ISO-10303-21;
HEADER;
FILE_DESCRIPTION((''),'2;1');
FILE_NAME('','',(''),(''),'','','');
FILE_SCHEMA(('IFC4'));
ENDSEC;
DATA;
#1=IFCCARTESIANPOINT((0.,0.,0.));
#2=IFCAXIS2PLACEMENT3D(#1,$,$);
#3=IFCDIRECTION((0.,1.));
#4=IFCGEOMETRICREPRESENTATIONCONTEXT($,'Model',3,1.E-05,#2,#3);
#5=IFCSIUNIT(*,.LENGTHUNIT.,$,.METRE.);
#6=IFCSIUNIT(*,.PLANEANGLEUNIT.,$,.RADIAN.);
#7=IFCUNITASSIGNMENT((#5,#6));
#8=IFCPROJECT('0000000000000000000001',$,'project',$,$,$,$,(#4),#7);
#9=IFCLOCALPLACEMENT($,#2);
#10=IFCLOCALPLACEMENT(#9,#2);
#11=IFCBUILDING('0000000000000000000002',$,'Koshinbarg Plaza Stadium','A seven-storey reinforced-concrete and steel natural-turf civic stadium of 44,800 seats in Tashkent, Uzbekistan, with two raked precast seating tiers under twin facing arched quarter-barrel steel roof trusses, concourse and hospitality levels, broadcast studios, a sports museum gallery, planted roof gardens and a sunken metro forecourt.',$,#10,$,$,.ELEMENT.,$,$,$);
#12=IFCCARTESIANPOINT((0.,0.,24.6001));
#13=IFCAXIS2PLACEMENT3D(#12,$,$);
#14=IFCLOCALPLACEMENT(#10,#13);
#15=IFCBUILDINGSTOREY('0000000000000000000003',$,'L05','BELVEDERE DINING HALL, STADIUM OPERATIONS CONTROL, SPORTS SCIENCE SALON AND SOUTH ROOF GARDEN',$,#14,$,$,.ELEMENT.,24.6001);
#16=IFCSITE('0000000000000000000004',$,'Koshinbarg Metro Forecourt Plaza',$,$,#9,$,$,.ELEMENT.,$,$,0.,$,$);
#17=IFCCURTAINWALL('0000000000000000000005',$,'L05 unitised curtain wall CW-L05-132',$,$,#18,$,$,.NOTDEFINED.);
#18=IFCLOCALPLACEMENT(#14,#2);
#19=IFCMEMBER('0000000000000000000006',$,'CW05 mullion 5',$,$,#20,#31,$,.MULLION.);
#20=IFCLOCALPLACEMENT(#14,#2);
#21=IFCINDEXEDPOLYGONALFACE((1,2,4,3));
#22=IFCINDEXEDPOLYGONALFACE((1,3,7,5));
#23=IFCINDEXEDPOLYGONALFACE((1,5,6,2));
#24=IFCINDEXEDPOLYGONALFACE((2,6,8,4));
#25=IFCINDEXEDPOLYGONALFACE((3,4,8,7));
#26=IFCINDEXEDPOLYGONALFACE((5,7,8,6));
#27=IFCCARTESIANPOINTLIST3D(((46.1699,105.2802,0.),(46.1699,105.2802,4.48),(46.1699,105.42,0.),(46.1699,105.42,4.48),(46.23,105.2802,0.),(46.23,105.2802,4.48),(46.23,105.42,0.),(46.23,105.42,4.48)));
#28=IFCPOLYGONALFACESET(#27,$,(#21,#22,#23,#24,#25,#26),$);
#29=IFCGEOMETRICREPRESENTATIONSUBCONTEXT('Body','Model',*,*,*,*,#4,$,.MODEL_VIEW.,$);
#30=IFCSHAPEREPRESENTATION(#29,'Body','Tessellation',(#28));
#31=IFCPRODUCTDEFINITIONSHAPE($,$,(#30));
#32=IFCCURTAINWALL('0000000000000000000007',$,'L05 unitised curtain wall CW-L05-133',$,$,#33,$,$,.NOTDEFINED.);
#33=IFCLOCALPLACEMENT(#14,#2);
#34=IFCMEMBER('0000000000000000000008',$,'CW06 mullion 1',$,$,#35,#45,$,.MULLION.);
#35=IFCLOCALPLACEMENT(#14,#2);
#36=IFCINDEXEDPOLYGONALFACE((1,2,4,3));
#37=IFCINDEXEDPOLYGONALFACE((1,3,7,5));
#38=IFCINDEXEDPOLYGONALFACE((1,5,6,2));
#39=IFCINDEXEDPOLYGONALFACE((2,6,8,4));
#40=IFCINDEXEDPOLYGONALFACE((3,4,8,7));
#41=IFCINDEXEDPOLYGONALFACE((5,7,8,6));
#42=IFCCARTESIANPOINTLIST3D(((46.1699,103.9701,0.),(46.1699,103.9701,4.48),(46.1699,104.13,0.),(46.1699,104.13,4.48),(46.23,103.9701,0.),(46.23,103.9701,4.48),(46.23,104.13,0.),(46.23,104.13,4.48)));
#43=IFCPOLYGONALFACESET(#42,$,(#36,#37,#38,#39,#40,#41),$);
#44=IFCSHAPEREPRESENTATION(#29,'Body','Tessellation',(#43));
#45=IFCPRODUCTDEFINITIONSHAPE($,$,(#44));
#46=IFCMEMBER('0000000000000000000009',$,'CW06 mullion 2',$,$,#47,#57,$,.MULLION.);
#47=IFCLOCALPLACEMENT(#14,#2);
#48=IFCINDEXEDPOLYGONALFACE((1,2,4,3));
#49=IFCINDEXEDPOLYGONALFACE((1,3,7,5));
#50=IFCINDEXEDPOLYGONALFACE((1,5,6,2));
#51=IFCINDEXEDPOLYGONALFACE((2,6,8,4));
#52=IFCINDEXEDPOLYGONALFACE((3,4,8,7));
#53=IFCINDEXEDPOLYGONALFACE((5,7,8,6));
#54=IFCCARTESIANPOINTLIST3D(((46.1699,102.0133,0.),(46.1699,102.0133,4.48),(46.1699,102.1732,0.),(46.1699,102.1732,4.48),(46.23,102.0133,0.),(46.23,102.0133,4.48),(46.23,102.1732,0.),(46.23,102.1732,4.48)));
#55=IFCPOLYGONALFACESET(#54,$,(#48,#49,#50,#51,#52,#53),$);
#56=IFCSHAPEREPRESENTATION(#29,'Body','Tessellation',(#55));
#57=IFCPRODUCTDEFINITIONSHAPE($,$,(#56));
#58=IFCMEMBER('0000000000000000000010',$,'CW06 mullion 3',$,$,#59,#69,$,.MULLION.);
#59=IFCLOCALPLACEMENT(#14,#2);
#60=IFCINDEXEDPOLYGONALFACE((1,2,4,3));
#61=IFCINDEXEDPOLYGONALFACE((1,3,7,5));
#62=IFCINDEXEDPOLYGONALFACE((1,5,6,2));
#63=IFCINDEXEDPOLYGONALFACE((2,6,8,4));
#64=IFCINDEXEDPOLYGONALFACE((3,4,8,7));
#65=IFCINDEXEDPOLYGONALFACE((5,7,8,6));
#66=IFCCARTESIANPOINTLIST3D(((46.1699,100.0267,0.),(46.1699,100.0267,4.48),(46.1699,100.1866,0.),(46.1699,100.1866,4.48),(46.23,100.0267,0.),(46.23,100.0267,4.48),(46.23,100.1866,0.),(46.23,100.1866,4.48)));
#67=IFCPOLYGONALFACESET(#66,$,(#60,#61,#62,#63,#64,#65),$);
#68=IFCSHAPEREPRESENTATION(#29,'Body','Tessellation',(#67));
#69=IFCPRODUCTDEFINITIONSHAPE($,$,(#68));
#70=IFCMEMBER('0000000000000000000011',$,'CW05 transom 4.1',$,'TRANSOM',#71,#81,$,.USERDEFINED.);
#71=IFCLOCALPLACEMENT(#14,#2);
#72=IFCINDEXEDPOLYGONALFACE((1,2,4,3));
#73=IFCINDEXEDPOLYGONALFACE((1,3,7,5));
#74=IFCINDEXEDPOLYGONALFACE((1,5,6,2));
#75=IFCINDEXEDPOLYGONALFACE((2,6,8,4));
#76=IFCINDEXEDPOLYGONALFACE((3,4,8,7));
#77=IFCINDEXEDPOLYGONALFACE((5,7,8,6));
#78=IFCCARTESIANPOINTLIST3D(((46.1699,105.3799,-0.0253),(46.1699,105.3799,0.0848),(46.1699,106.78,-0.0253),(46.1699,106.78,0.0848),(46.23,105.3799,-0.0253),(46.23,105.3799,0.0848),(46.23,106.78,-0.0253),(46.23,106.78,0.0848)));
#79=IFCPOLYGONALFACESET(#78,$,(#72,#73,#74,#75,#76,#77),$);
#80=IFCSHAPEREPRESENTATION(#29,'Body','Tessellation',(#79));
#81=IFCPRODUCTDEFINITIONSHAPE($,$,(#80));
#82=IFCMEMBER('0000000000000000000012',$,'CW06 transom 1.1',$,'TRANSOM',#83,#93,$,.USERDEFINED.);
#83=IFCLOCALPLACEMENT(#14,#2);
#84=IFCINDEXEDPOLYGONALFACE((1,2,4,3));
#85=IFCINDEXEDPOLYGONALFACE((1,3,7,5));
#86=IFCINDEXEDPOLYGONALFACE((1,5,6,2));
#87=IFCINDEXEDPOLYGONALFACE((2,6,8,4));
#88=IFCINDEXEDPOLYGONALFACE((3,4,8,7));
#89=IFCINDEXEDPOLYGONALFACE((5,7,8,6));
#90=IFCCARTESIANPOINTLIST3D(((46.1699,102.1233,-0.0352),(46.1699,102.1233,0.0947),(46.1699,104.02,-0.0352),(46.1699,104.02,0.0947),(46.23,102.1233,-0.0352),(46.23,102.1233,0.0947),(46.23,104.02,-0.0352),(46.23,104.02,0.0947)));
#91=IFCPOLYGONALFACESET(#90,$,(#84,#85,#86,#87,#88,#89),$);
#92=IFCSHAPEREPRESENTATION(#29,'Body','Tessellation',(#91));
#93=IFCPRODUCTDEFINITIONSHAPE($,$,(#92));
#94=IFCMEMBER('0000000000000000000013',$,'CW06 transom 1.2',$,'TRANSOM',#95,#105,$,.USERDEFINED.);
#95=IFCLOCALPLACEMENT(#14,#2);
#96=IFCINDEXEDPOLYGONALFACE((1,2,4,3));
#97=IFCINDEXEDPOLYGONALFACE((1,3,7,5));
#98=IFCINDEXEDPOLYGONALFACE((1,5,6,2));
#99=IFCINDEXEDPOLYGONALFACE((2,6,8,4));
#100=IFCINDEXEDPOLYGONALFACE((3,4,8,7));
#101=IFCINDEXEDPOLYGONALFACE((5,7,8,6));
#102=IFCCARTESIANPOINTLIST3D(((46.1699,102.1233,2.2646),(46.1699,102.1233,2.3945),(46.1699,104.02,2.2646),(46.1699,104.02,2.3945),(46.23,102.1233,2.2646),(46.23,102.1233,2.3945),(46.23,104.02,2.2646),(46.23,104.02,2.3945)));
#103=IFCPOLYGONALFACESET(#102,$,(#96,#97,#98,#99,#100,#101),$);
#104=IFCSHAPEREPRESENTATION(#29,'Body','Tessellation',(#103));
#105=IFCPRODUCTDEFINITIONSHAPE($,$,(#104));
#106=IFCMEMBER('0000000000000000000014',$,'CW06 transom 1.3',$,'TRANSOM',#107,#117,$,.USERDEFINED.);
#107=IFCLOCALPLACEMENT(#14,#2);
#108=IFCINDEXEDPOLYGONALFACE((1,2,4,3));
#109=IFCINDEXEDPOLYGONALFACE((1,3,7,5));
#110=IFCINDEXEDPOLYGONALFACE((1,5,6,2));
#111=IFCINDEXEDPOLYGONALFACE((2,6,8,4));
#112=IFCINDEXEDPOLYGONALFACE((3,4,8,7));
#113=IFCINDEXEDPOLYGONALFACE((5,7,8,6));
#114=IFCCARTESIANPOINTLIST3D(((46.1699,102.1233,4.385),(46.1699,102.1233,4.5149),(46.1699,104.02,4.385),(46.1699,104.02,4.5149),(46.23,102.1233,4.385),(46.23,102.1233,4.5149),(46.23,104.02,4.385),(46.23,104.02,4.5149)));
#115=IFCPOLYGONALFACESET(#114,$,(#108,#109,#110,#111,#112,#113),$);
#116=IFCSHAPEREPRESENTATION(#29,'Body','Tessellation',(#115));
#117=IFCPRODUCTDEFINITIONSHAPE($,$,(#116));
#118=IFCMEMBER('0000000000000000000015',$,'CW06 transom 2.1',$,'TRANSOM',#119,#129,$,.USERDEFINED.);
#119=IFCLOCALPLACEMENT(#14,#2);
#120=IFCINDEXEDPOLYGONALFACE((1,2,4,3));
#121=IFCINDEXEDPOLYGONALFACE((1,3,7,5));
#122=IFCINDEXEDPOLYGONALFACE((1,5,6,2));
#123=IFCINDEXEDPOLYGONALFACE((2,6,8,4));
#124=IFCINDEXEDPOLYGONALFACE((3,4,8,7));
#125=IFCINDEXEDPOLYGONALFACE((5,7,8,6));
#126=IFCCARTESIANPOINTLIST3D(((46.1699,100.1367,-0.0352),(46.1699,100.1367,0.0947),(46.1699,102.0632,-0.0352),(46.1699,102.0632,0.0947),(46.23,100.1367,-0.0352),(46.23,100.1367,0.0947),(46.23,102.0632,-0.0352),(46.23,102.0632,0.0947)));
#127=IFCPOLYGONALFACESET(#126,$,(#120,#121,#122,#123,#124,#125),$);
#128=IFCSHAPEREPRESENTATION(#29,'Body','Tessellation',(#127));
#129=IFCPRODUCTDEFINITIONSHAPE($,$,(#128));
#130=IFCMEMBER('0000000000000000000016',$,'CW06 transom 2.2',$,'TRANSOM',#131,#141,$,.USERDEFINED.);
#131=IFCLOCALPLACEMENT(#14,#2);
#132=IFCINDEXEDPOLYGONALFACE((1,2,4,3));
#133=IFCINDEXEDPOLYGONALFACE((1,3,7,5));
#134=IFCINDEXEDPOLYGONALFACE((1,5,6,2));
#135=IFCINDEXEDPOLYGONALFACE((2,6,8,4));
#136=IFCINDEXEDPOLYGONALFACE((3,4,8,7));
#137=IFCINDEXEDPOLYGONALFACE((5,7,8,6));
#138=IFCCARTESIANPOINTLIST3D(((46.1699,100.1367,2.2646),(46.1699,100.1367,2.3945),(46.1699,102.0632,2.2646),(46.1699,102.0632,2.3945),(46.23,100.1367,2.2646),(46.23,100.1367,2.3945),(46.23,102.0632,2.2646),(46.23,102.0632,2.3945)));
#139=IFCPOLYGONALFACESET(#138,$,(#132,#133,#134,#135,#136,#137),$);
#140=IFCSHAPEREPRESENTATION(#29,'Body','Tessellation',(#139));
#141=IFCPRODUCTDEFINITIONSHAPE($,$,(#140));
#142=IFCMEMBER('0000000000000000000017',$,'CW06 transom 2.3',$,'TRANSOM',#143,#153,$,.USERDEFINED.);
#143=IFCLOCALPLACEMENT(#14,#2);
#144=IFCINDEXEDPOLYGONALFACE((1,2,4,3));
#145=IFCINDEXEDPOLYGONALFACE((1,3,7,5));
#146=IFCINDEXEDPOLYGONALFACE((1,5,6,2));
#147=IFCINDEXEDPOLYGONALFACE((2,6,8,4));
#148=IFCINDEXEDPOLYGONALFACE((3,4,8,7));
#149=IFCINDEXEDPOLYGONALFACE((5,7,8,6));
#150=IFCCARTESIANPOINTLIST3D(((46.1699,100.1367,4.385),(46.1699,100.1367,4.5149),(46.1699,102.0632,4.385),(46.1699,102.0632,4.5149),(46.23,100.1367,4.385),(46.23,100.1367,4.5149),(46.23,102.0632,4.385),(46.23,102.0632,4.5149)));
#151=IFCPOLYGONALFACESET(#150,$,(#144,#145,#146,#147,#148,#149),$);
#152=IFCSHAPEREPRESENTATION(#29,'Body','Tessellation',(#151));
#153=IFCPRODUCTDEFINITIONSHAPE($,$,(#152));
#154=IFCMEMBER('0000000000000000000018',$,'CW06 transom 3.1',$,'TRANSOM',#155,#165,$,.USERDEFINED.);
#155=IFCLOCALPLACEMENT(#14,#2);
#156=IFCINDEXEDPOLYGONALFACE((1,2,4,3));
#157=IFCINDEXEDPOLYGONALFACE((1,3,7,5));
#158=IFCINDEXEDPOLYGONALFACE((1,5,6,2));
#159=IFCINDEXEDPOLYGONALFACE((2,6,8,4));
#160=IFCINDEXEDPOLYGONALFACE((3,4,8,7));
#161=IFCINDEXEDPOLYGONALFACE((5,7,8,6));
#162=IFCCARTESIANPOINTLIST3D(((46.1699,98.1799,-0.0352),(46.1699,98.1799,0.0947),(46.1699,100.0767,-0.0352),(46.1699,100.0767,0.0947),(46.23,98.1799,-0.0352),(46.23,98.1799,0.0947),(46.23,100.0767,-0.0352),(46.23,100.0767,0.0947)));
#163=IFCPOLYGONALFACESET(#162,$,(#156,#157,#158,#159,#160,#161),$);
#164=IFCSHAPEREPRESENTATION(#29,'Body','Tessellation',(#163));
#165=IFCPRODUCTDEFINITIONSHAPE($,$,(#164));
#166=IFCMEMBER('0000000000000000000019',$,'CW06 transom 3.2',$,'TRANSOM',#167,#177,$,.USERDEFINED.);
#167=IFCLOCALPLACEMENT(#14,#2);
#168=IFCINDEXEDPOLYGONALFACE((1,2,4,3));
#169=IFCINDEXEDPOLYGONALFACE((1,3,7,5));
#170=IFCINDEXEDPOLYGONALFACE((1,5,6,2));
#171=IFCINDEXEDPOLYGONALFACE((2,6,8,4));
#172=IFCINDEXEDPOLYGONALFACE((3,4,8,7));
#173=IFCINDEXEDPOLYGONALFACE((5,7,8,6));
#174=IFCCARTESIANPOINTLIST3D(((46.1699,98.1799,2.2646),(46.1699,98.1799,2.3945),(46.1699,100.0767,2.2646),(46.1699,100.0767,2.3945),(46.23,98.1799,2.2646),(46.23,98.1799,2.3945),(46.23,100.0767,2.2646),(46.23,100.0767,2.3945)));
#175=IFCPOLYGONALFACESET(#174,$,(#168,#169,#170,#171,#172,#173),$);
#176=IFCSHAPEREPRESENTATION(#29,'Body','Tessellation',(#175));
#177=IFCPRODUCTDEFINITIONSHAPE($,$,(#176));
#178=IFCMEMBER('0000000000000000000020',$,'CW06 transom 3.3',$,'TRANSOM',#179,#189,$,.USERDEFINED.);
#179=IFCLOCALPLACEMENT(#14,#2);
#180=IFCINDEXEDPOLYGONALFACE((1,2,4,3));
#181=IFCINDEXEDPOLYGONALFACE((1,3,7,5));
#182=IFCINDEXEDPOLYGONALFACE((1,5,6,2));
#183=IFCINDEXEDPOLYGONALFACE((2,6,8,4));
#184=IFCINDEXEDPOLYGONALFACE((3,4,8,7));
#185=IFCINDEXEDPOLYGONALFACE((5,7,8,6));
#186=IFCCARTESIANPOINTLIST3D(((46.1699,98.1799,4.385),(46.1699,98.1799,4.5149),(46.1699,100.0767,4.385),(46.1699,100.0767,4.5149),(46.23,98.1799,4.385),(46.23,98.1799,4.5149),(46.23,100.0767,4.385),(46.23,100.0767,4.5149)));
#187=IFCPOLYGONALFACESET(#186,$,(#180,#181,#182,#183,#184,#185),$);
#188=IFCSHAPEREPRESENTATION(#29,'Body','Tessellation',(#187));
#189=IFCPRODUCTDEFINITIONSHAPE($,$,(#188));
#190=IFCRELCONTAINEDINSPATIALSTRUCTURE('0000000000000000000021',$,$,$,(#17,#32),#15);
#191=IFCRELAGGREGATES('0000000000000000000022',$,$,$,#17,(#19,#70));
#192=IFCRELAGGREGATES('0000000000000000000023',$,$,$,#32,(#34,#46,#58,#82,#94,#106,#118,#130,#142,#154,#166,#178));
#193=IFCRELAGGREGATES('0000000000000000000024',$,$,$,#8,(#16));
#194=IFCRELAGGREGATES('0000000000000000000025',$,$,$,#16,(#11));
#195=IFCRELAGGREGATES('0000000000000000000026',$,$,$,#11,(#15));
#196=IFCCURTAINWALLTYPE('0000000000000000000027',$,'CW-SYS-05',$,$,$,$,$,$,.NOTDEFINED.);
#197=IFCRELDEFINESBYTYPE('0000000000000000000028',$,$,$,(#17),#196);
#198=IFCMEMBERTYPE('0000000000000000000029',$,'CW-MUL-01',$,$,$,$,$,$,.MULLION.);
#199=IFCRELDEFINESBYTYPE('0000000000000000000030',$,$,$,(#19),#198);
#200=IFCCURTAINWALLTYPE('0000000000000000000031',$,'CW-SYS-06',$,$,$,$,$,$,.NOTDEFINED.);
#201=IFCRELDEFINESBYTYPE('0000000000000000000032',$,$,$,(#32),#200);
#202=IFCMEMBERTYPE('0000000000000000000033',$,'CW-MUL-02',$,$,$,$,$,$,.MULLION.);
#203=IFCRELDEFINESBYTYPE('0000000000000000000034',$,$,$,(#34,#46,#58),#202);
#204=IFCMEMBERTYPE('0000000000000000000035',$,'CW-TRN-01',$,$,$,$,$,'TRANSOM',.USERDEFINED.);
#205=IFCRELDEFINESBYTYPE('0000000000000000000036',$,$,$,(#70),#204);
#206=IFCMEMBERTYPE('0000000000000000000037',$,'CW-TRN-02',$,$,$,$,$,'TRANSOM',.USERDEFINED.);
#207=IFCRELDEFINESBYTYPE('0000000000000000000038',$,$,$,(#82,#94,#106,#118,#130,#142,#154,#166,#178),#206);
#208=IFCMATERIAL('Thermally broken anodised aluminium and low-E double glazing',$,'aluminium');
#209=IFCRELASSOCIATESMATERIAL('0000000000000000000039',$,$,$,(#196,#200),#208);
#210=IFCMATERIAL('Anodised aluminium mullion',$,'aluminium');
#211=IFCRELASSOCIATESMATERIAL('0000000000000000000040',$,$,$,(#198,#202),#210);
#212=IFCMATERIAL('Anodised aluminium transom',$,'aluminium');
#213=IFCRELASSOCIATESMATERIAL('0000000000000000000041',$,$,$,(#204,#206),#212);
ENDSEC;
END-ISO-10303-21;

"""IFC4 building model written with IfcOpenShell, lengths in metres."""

from ifc_helpers import new_model, si_unit, direction, frame, origin, origin_2d, place, context, subcontext, project, spatial, rectangle, extrude, material, material_profile, profile_set, type_object, element, aggregate, save


model = new_model("IFC4")

# Units and contexts
model_context = context("Model", 3, precision=1e-05, world=origin(), true_north=direction((0.0, 1.0)))
body_context = subcontext(model_context, "Body", "Model", "MODEL_VIEW")
ifc_project = project(units=[si_unit("LENGTHUNIT", "METRE"), si_unit("PLANEANGLEUNIT", "RADIAN")], contexts=[model_context])

# Site, building, storey
site_placement = place(None, origin())
site = spatial("IfcSite", under=ifc_project, at=site_placement, Name="Koshinbarg Metro Forecourt Plaza", CompositionType="ELEMENT", RefElevation=0.0)
building_placement = place(site_placement, origin())
building = spatial("IfcBuilding", under=site, at=building_placement, Name="Koshinbarg Plaza Stadium", Description="A seven-storey reinforced-concrete and steel natural-turf civic stadium of 44,800 seats in Tashkent, Uzbekistan, with two raked precast seating tiers under twin facing arched quarter-barrel steel roof trusses, concourse and hospitality levels, broadcast studios, a sports museum gallery, planted roof gardens and a sunken metro forecourt.", CompositionType="ELEMENT")
storey_placement = place(building_placement, frame((0.0, 0.0, 24.6001)))
storey = spatial("IfcBuildingStorey", under=building, at=storey_placement, Name="L05", Description="BELVEDERE DINING HALL, STADIUM OPERATIONS CONTROL, SPORTS SCIENCE SALON AND SOUTH ROOF GARDEN", CompositionType="ELEMENT", Elevation=24.6001)

# Curtain wall, member
ifc_material_1 = material(Name="Thermally broken anodised aluminium and low-E double glazing", Category="aluminium")
curtain_wall_type_1 = type_object("IfcCurtainWallType", Name="CW-SYS-05", PredefinedType="NOTDEFINED", material=ifc_material_1)
curtain_wall_1_placement = place(storey_placement, origin())
curtain_wall_1 = element("IfcCurtainWall", 1, at=curtain_wall_1_placement, inside=storey, type_object=curtain_wall_type_1, Name="L05 unitised curtain wall CW-L05-132", PredefinedType="NOTDEFINED")
ifc_material_2 = material(Name="Anodised aluminium mullion", Category="aluminium")
ifc_material_profile_1 = material_profile(ifc_material_2, rectangle(XDim=0.0601, YDim=0.1399, at=origin_2d()), Name="ALU 60x140")
ifc_profile_set_1 = profile_set([ifc_material_profile_1], Name="Anodised aluminium mullion")
member_type_1 = type_object("IfcMemberType", Name="CW-MUL-01", PredefinedType="MULLION", material=ifc_profile_set_1)
member_1_placement = place(storey_placement, frame((46.2, 105.3501, 0.0), z_axis=(0.0, 0.0, 1.0), x_axis=(1.0, 0.0, 0.0)))
member_1 = element("IfcMember", 2, at=member_1_placement, type_object=member_type_1, Name="CW05 mullion 5", PredefinedType="MULLION", context=body_context, shape_type="SweptSolid", body=[
    extrude(rectangle(XDim=0.0601, YDim=0.1399, at=origin_2d()), origin(), (0.0, 0.0, 1.0), 4.48),
])

# Curtain wall, members
curtain_wall_type_2 = type_object("IfcCurtainWallType", Name="CW-SYS-06", PredefinedType="NOTDEFINED", material=ifc_material_1)
curtain_wall_2_placement = place(storey_placement, origin())
curtain_wall_2 = element("IfcCurtainWall", 3, at=curtain_wall_2_placement, inside=storey, type_object=curtain_wall_type_2, Name="L05 unitised curtain wall CW-L05-133", PredefinedType="NOTDEFINED")
ifc_material_profile_2 = material_profile(ifc_material_2, rectangle(XDim=0.0601, YDim=0.1599, at=origin_2d()), Name="ALU 60x160")
ifc_profile_set_2 = profile_set([ifc_material_profile_2], Name="Anodised aluminium mullion")
member_type_2 = type_object("IfcMemberType", Name="CW-MUL-02", PredefinedType="MULLION", material=ifc_profile_set_2)
member_2_placement = place(storey_placement, frame((46.2, 104.05, 0.0), z_axis=(0.0, 0.0, 1.0), x_axis=(1.0, 0.0, 0.0)))
member_2 = element("IfcMember", 4, at=member_2_placement, type_object=member_type_2, Name="CW06 mullion 1", PredefinedType="MULLION", context=body_context, shape_type="SweptSolid", body=[
    extrude(rectangle(XDim=0.0601, YDim=0.1599, at=origin_2d()), origin(), (0.0, 0.0, 1.0), 4.48),
])
member_3_placement = place(storey_placement, frame((46.2, 102.0933, 0.0), z_axis=(0.0, 0.0, 1.0), x_axis=(1.0, 0.0, 0.0)))
member_3 = element("IfcMember", 5, at=member_3_placement, type_object=member_type_2, Name="CW06 mullion 2", PredefinedType="MULLION", context=body_context, shape_type="SweptSolid", body=[
    extrude(rectangle(XDim=0.0601, YDim=0.1599, at=origin_2d()), origin(), (0.0, 0.0, 1.0), 4.48),
])
member_4_placement = place(storey_placement, frame((46.2, 100.1067, 0.0), z_axis=(0.0, 0.0, 1.0), x_axis=(1.0, 0.0, 0.0)))
member_4 = element("IfcMember", 6, at=member_4_placement, type_object=member_type_2, Name="CW06 mullion 3", PredefinedType="MULLION", context=body_context, shape_type="SweptSolid", body=[
    extrude(rectangle(XDim=0.0601, YDim=0.1599, at=origin_2d()), origin(), (0.0, 0.0, 1.0), 4.48),
])

# Members
ifc_material_3 = material(Name="Anodised aluminium transom", Category="aluminium")
ifc_material_profile_3 = material_profile(ifc_material_3, rectangle(XDim=0.0601, YDim=0.1101, at=origin_2d()), Name="ALU 60x110")
ifc_profile_set_3 = profile_set([ifc_material_profile_3], Name="Anodised aluminium transom")
member_type_3 = type_object("IfcMemberType", Name="CW-TRN-01", ElementType="TRANSOM", PredefinedType="USERDEFINED", material=ifc_profile_set_3)
member_5_placement = place(storey_placement, frame((46.2, 106.78, 0.0298), z_axis=(0.0, -1.0, 0.0), x_axis=(1.0, 0.0, 0.0)))
member_5 = element("IfcMember", 7, at=member_5_placement, type_object=member_type_3, Name="CW05 transom 4.1", ObjectType="TRANSOM", PredefinedType="USERDEFINED", context=body_context, shape_type="SweptSolid", body=[
    extrude(rectangle(XDim=0.0601, YDim=0.1101, at=origin_2d()), origin(), (0.0, 0.0, 1.0), 1.4001),
])
ifc_material_profile_4 = material_profile(ifc_material_3, rectangle(XDim=0.0601, YDim=0.1299, at=origin_2d()), Name="ALU 60x130")
ifc_profile_set_4 = profile_set([ifc_material_profile_4], Name="Anodised aluminium transom")
member_type_4 = type_object("IfcMemberType", Name="CW-TRN-02", ElementType="TRANSOM", PredefinedType="USERDEFINED", material=ifc_profile_set_4)
member_6_placement = place(storey_placement, frame((46.2, 104.02, 0.0298), z_axis=(0.0, -1.0, 0.0), x_axis=(1.0, 0.0, 0.0)))
member_6 = element("IfcMember", 8, at=member_6_placement, type_object=member_type_4, Name="CW06 transom 1.1", ObjectType="TRANSOM", PredefinedType="USERDEFINED", context=body_context, shape_type="SweptSolid", body=[
    extrude(rectangle(XDim=0.0601, YDim=0.1299, at=origin_2d()), origin(), (0.0, 0.0, 1.0), 1.8967),
])
member_7_placement = place(storey_placement, frame((46.2, 104.02, 2.3296), z_axis=(0.0, -1.0, 0.0), x_axis=(1.0, 0.0, 0.0)))
member_7 = element("IfcMember", 9, at=member_7_placement, type_object=member_type_4, Name="CW06 transom 1.2", ObjectType="TRANSOM", PredefinedType="USERDEFINED", context=body_context, shape_type="SweptSolid", body=[
    extrude(rectangle(XDim=0.0601, YDim=0.1299, at=origin_2d()), origin(), (0.0, 0.0, 1.0), 1.8967),
])
member_8_placement = place(storey_placement, frame((46.2, 104.02, 4.45), z_axis=(0.0, -1.0, 0.0), x_axis=(1.0, 0.0, 0.0)))
member_8 = element("IfcMember", 10, at=member_8_placement, type_object=member_type_4, Name="CW06 transom 1.3", ObjectType="TRANSOM", PredefinedType="USERDEFINED", context=body_context, shape_type="SweptSolid", body=[
    extrude(rectangle(XDim=0.0601, YDim=0.1299, at=origin_2d()), origin(), (0.0, 0.0, 1.0), 1.8967),
])
member_9_placement = place(storey_placement, frame((46.2, 102.0632, 0.0298), z_axis=(0.0, -1.0, 0.0), x_axis=(1.0, 0.0, 0.0)))
member_9 = element("IfcMember", 11, at=member_9_placement, type_object=member_type_4, Name="CW06 transom 2.1", ObjectType="TRANSOM", PredefinedType="USERDEFINED", context=body_context, shape_type="SweptSolid", body=[
    extrude(rectangle(XDim=0.0601, YDim=0.1299, at=origin_2d()), origin(), (0.0, 0.0, 1.0), 1.9265),
])
member_10_placement = place(storey_placement, frame((46.2, 102.0632, 2.3296), z_axis=(0.0, -1.0, 0.0), x_axis=(1.0, 0.0, 0.0)))
member_10 = element("IfcMember", 12, at=member_10_placement, type_object=member_type_4, Name="CW06 transom 2.2", ObjectType="TRANSOM", PredefinedType="USERDEFINED", context=body_context, shape_type="SweptSolid", body=[
    extrude(rectangle(XDim=0.0601, YDim=0.1299, at=origin_2d()), origin(), (0.0, 0.0, 1.0), 1.9265),
])
member_11_placement = place(storey_placement, frame((46.2, 102.0632, 4.45), z_axis=(0.0, -1.0, 0.0), x_axis=(1.0, 0.0, 0.0)))
member_11 = element("IfcMember", 13, at=member_11_placement, type_object=member_type_4, Name="CW06 transom 2.3", ObjectType="TRANSOM", PredefinedType="USERDEFINED", context=body_context, shape_type="SweptSolid", body=[
    extrude(rectangle(XDim=0.0601, YDim=0.1299, at=origin_2d()), origin(), (0.0, 0.0, 1.0), 1.9265),
])
member_12_placement = place(storey_placement, frame((46.2, 100.0767, 0.0298), z_axis=(0.0, -1.0, 0.0), x_axis=(1.0, 0.0, 0.0)))
member_12 = element("IfcMember", 14, at=member_12_placement, type_object=member_type_4, Name="CW06 transom 3.1", ObjectType="TRANSOM", PredefinedType="USERDEFINED", context=body_context, shape_type="SweptSolid", body=[
    extrude(rectangle(XDim=0.0601, YDim=0.1299, at=origin_2d()), origin(), (0.0, 0.0, 1.0), 1.8967),
])
member_13_placement = place(storey_placement, frame((46.2, 100.0767, 2.3296), z_axis=(0.0, -1.0, 0.0), x_axis=(1.0, 0.0, 0.0)))
member_13 = element("IfcMember", 15, at=member_13_placement, type_object=member_type_4, Name="CW06 transom 3.2", ObjectType="TRANSOM", PredefinedType="USERDEFINED", context=body_context, shape_type="SweptSolid", body=[
    extrude(rectangle(XDim=0.0601, YDim=0.1299, at=origin_2d()), origin(), (0.0, 0.0, 1.0), 1.8967),
])
member_14_placement = place(storey_placement, frame((46.2, 100.0767, 4.45), z_axis=(0.0, -1.0, 0.0), x_axis=(1.0, 0.0, 0.0)))
member_14 = element("IfcMember", 16, at=member_14_placement, type_object=member_type_4, Name="CW06 transom 3.3", ObjectType="TRANSOM", PredefinedType="USERDEFINED", context=body_context, shape_type="SweptSolid", body=[
    extrude(rectangle(XDim=0.0601, YDim=0.1299, at=origin_2d()), origin(), (0.0, 0.0, 1.0), 1.8967),
])

aggregate(curtain_wall_1, [member_1, member_5])
aggregate(curtain_wall_2, [member_2, member_3, member_4, member_6, member_7, member_8, member_9, member_10, member_11, member_12, member_13, member_14])

save(model, "model.ifc")
